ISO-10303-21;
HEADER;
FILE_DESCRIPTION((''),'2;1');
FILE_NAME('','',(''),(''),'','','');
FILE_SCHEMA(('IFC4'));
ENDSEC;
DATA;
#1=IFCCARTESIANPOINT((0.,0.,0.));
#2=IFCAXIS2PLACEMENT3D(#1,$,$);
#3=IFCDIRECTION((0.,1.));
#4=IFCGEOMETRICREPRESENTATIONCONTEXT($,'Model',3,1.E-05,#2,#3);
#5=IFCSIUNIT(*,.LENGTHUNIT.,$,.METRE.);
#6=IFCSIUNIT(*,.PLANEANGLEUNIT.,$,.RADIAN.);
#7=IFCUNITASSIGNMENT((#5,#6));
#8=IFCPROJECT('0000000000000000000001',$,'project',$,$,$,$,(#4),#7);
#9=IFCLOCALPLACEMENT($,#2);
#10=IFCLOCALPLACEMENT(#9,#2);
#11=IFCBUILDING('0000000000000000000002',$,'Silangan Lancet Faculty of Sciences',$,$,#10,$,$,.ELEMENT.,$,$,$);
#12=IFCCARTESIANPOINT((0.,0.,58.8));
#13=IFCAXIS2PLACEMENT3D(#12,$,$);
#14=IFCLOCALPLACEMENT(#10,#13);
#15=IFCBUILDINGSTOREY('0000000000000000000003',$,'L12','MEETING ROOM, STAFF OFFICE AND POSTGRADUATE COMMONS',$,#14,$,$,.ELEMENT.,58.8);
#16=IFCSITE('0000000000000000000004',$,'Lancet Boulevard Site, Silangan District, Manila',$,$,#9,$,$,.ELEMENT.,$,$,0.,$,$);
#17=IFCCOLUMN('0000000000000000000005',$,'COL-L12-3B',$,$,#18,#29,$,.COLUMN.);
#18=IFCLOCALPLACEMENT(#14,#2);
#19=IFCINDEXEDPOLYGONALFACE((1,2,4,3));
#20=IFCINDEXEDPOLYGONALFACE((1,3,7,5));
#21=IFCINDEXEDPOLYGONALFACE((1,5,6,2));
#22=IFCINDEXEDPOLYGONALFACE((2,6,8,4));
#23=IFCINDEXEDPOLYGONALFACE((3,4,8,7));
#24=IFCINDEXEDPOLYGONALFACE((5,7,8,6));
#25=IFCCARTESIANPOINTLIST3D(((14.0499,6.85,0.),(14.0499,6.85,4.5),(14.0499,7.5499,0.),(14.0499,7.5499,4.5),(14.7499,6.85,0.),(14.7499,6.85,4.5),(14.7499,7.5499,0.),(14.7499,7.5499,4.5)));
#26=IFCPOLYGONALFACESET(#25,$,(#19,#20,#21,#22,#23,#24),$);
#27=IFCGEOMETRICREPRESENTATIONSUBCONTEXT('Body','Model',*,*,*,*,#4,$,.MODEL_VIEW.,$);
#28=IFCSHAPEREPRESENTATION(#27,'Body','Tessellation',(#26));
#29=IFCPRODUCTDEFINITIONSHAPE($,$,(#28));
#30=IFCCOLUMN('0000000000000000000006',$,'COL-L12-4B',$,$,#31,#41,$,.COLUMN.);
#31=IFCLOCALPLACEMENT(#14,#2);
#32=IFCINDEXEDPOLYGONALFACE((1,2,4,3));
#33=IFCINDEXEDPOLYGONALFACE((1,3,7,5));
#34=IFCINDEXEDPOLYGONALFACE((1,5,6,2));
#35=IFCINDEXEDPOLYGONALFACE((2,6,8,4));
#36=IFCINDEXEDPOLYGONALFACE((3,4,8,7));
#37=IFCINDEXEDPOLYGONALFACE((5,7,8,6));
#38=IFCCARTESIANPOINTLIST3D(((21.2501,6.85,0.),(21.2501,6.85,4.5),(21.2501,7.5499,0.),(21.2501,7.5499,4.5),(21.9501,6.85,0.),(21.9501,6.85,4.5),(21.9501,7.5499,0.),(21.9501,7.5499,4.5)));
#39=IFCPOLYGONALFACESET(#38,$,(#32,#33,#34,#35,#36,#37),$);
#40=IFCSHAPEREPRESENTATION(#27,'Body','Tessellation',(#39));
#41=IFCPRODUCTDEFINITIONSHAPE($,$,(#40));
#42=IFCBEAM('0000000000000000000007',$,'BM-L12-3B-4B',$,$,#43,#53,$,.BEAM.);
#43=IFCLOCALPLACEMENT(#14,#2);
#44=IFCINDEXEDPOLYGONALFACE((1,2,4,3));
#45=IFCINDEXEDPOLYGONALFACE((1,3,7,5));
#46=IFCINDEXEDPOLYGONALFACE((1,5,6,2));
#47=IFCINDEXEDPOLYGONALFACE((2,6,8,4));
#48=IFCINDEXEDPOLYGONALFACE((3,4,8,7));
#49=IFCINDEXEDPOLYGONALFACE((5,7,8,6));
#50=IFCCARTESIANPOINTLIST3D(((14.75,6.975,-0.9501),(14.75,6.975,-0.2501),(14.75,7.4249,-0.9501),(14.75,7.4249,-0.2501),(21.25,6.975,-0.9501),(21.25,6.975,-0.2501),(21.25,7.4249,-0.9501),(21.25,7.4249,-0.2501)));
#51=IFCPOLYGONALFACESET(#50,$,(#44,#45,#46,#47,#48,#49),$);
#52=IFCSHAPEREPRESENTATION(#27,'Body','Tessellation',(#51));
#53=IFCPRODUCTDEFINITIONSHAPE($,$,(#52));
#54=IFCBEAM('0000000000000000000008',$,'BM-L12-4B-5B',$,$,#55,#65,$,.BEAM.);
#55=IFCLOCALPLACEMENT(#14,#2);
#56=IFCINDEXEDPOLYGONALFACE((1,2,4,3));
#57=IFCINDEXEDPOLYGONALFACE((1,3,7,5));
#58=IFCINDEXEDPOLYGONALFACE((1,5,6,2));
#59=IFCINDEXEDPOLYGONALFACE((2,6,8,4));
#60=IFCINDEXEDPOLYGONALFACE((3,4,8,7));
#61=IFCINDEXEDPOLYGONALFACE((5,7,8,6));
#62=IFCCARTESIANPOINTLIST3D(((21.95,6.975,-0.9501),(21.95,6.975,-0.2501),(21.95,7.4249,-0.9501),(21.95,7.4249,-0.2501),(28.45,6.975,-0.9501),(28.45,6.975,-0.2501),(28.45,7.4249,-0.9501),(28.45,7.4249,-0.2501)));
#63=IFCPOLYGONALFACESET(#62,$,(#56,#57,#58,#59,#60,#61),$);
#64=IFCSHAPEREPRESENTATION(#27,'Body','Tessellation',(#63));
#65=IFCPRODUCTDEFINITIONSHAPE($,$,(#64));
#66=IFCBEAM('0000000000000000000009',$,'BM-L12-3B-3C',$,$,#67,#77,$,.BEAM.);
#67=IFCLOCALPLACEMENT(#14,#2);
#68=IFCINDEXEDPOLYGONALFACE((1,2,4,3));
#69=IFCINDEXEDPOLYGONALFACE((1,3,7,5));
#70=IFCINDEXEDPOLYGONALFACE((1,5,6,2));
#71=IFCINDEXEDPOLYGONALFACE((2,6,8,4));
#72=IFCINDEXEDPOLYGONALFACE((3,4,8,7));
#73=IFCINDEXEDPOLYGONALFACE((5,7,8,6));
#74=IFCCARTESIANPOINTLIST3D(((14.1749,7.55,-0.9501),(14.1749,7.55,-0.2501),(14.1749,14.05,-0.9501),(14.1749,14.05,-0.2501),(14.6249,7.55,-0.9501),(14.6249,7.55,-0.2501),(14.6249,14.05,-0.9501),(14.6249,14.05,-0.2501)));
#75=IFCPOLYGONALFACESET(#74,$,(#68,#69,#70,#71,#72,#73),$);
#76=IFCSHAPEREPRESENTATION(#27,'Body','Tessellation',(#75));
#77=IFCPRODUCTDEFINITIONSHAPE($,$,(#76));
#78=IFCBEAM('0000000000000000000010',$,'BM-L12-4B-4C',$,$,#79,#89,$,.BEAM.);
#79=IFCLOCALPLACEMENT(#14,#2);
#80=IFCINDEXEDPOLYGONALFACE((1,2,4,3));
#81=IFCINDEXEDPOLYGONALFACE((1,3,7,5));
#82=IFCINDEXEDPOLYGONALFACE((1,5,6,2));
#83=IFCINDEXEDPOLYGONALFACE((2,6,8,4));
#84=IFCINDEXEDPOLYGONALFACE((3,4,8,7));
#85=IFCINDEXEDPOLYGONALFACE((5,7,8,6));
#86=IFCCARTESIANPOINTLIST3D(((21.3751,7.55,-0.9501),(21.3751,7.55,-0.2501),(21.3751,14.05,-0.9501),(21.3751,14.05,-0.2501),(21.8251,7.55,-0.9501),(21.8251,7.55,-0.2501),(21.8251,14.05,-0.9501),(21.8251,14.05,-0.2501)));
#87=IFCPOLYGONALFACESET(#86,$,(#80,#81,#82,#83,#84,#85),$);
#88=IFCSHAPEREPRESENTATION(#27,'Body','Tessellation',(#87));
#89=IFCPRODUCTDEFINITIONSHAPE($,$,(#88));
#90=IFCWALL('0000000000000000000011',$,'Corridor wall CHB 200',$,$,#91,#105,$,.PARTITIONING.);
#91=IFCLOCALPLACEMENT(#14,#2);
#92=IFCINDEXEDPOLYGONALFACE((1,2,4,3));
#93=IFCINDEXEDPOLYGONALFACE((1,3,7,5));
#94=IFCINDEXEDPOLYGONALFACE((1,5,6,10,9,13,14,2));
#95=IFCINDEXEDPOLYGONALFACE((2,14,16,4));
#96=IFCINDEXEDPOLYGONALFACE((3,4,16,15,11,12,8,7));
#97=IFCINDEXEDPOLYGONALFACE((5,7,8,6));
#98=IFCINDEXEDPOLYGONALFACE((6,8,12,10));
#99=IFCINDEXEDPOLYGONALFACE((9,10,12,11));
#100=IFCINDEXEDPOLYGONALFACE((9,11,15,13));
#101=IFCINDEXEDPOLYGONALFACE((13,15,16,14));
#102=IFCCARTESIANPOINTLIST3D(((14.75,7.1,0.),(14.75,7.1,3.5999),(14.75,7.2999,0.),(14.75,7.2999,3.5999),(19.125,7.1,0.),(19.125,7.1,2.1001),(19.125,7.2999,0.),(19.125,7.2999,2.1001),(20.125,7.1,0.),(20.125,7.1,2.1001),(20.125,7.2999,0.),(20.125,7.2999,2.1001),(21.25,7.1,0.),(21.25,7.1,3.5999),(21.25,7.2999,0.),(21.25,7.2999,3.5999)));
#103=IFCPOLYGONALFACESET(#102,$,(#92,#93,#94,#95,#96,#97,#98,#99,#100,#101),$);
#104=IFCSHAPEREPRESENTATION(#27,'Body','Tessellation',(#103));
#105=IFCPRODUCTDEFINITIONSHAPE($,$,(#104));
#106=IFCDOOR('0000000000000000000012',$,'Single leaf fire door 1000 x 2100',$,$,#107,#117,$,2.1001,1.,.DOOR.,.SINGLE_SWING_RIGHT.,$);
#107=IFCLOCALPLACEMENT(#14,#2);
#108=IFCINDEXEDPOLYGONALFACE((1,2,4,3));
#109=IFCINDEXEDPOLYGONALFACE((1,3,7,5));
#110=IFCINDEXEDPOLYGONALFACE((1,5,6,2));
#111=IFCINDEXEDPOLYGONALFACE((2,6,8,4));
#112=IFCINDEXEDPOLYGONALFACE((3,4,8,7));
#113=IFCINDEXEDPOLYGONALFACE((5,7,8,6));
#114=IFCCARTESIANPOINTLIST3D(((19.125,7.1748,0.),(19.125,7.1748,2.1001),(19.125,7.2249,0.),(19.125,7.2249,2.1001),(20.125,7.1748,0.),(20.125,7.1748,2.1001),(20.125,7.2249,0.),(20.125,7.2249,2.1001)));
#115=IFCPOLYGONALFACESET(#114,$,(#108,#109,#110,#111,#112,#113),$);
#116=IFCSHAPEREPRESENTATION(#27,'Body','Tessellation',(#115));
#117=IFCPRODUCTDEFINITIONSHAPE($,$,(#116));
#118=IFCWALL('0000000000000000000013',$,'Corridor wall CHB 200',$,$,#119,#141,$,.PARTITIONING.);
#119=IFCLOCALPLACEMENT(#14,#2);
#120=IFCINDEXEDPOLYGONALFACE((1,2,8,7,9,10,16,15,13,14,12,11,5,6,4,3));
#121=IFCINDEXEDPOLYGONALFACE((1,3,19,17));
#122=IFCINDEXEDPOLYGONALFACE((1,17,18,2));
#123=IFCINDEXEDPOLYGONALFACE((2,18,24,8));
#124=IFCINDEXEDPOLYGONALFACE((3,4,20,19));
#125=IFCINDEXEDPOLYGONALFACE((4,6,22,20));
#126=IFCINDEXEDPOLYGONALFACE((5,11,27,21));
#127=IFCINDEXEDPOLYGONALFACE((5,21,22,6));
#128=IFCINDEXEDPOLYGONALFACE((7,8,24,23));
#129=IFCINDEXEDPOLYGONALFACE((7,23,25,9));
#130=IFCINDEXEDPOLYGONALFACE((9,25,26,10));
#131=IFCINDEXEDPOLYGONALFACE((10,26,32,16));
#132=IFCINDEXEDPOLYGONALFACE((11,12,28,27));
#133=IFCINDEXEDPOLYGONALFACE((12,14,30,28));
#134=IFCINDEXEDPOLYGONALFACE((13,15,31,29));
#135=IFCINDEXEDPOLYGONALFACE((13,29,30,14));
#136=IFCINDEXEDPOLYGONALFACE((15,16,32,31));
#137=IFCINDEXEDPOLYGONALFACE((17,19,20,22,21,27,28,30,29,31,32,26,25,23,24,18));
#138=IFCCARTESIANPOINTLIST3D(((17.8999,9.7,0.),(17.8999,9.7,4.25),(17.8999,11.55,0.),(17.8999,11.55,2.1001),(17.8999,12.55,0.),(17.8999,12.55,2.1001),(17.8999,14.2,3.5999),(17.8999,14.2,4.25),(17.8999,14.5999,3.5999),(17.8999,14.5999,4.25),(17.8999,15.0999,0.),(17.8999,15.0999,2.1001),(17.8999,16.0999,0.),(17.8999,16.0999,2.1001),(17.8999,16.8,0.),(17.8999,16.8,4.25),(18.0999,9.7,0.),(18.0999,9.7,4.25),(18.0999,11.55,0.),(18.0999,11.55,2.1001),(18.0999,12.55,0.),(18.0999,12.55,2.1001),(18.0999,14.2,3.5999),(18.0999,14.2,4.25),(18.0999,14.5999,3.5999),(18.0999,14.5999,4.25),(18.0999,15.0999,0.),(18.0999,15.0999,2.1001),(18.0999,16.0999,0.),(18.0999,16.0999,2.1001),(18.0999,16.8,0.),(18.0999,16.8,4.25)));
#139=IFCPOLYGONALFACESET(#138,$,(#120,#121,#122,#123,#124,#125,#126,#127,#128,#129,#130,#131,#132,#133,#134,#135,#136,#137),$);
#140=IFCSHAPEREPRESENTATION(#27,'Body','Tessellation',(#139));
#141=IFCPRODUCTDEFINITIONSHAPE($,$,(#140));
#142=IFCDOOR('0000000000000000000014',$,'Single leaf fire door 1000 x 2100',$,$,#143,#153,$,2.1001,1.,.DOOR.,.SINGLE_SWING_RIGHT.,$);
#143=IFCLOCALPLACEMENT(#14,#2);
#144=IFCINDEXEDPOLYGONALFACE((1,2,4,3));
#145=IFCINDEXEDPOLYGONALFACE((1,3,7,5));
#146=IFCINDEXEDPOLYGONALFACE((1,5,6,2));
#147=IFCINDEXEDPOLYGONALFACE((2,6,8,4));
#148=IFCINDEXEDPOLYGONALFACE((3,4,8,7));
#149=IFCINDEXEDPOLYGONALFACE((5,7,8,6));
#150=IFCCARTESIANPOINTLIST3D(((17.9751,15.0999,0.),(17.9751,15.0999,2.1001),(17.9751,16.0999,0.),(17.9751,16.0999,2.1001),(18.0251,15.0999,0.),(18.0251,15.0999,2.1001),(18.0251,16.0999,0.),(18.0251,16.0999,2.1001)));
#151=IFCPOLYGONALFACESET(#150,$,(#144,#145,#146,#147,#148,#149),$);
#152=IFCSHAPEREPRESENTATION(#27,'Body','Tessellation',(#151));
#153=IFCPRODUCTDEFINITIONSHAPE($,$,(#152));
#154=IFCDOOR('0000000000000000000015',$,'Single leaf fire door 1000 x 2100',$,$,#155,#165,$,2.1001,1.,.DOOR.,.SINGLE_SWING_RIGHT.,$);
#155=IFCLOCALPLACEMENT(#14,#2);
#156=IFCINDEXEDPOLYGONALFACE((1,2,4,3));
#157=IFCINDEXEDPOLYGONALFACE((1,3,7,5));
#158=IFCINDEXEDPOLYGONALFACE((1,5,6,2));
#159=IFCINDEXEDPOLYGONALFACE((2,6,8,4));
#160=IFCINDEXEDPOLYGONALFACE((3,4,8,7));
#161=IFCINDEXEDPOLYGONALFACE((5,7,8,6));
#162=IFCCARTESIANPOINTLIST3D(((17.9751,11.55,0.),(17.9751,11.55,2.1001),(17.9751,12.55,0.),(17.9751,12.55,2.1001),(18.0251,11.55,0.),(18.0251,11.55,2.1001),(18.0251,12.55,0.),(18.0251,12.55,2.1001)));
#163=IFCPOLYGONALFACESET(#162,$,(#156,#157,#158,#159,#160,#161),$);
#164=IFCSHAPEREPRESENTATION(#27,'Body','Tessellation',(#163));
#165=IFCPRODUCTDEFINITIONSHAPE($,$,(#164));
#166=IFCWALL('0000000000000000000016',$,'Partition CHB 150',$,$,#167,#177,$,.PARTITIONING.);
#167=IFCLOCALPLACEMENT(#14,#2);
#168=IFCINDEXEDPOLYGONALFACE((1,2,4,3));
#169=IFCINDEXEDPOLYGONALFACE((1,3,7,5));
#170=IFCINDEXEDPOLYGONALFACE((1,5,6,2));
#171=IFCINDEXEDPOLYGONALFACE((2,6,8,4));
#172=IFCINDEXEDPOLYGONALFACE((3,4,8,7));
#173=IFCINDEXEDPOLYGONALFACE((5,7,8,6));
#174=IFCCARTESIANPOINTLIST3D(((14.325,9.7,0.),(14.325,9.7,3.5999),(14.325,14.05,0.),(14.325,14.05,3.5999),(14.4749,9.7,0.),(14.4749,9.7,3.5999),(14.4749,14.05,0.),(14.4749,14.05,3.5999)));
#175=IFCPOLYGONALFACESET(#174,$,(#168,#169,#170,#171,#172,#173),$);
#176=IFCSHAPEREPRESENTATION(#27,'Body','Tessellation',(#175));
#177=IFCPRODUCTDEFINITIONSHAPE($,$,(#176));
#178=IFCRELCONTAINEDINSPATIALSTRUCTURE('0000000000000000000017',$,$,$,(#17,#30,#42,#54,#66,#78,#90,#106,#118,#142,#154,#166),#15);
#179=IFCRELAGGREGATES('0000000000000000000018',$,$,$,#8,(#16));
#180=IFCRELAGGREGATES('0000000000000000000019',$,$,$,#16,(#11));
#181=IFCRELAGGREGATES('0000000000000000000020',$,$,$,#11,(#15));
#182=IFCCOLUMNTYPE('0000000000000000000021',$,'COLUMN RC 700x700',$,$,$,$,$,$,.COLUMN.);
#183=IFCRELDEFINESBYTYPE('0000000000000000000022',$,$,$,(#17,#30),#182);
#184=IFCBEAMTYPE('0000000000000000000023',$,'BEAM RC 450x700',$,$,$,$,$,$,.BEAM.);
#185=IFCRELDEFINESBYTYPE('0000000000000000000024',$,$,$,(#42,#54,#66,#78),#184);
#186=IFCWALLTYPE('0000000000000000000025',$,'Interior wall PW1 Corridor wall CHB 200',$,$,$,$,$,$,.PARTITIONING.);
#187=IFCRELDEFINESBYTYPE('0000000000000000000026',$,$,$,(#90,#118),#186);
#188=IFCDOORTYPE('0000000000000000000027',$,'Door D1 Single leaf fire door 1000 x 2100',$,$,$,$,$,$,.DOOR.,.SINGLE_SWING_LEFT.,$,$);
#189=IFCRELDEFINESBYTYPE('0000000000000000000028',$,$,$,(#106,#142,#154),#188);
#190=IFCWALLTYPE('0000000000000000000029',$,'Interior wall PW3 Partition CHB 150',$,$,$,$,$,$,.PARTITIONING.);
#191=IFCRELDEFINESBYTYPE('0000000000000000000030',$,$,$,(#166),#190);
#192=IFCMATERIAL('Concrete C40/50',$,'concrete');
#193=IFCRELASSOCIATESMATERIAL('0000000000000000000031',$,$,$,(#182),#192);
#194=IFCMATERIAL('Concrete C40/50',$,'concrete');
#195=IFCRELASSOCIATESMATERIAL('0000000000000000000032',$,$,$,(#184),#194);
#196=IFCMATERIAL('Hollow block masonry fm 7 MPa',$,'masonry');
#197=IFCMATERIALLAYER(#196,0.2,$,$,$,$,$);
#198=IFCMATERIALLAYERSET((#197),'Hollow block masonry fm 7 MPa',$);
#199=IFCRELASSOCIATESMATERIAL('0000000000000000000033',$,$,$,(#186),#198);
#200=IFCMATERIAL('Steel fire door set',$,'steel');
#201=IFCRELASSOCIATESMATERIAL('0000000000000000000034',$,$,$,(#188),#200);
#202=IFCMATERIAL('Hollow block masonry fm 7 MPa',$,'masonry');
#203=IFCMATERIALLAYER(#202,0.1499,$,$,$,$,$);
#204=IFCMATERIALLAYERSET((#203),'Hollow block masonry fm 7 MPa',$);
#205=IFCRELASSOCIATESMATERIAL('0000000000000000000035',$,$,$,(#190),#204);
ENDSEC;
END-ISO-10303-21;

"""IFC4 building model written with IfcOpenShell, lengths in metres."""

from ifc_helpers import new_model, si_unit, direction, frame, frame_2d, origin, origin_2d, place, context, subcontext, project, spatial, polyline, rectangle, outline, extrude, material, layer, layer_set, material_profile, profile_set, type_object, element, fill, save


model = new_model("IFC4")

# Units and contexts
model_context = context("Model", 3, precision=1e-05, world=origin(), true_north=direction((0.0, 1.0)))
body_context = subcontext(model_context, "Body", "Model", "MODEL_VIEW")
ifc_project = project(units=[si_unit("LENGTHUNIT", "METRE"), si_unit("PLANEANGLEUNIT", "RADIAN")], contexts=[model_context])

# Site, building, storey
site_placement = place(None, origin())
site = spatial("IfcSite", under=ifc_project, at=site_placement, Name="Lancet Boulevard Site, Silangan District, Manila", CompositionType="ELEMENT", RefElevation=0.0)
building_placement = place(site_placement, origin())
building = spatial("IfcBuilding", under=site, at=building_placement, Name="Silangan Lancet Faculty of Sciences", CompositionType="ELEMENT")
storey_placement = place(building_placement, frame((0.0, 0.0, 58.8)))
storey = spatial("IfcBuildingStorey", under=building, at=storey_placement, Name="L12", Description="MEETING ROOM, STAFF OFFICE AND POSTGRADUATE COMMONS", CompositionType="ELEMENT", Elevation=58.8)

# Columns
ifc_material_1 = material(Name="Concrete C40/50", Category="concrete")
ifc_material_profile_1 = material_profile(ifc_material_1, rectangle(XDim=0.7, YDim=0.7, at=origin_2d()), Name="RC 700x700")
ifc_profile_set_1 = profile_set([ifc_material_profile_1], Name="Concrete C40/50")
column_type = type_object("IfcColumnType", Name="COLUMN RC 700x700", PredefinedType="COLUMN", material=ifc_profile_set_1)
for number, where, z_axis, x_axis, name in (
    (1, (14.3999, 7.2, 0.0), (0.0, 0.0, 1.0), (1.0, 0.0, 0.0), "COL-L12-3B"),
    (2, (21.6001, 7.2, 0.0), (0.0, 0.0, 1.0), (1.0, 0.0, 0.0), "COL-L12-4B"),
):
    element("IfcColumn", number, at=place(storey_placement, frame(where, z_axis=z_axis, x_axis=x_axis)), inside=storey, type_object=column_type, Name=name, PredefinedType="COLUMN", context=body_context, shape_type="SweptSolid", body=[
        extrude(rectangle(XDim=0.7, YDim=0.7, at=origin_2d()), origin(), (0.0, 0.0, 1.0), 4.5),
    ])

# Beams
ifc_material_2 = material(Name="Concrete C40/50", Category="concrete")
ifc_material_profile_2 = material_profile(ifc_material_2, rectangle(XDim=0.45, YDim=0.7, at=origin_2d()), Name="RC 450x700")
ifc_profile_set_2 = profile_set([ifc_material_profile_2], Name="Concrete C40/50")
beam_type = type_object("IfcBeamType", Name="BEAM RC 450x700", PredefinedType="BEAM", material=ifc_profile_set_2)
for number, where, z_axis, x_axis, name in (
    (3, (14.75, 7.2, -0.6001), (1.0, 0.0, 0.0), (0.0, 1.0, 0.0), "BM-L12-3B-4B"),
    (4, (21.95, 7.2, -0.6001), (1.0, 0.0, 0.0), (0.0, 1.0, 0.0), "BM-L12-4B-5B"),
    (5, (14.3999, 7.55, -0.6001), (0.0, 1.0, 0.0), (-1.0, 0.0, 0.0), "BM-L12-3B-3C"),
    (6, (21.6001, 7.55, -0.6001), (0.0, 1.0, 0.0), (-1.0, 0.0, 0.0), "BM-L12-4B-4C"),
):
    element("IfcBeam", number, at=place(storey_placement, frame(where, z_axis=z_axis, x_axis=x_axis)), inside=storey, type_object=beam_type, Name=name, PredefinedType="BEAM", context=body_context, shape_type="SweptSolid", body=[
        extrude(rectangle(XDim=0.45, YDim=0.7, at=origin_2d()), origin(), (0.0, 0.0, 1.0), 6.5),
    ])

# Wall, opening, door
ifc_material_3 = material(Name="Hollow block masonry fm 7 MPa", Category="masonry")
ifc_layer_1 = layer(ifc_material_3, 0.2)
ifc_layer_set_1 = layer_set([ifc_layer_1], Name="Hollow block masonry fm 7 MPa")
wall_type_1 = type_object("IfcWallType", Name="Interior wall PW1 Corridor wall CHB 200", PredefinedType="PARTITIONING", material=ifc_layer_set_1)
wall_1_placement = place(storey_placement, frame((14.75, 7.2, 0.0), z_axis=(0.0, 0.0, 1.0), x_axis=(1.0, 0.0, 0.0)))
wall_1 = element("IfcWall", 7, at=wall_1_placement, inside=storey, type_object=wall_type_1, Name="Corridor wall CHB 200", PredefinedType="PARTITIONING", context=body_context, shape_type="SweptSolid", body=[
    extrude(rectangle(XDim=6.5, YDim=0.2, at=frame_2d((3.25, 0.0))), origin(), (0.0, 0.0, 1.0), 3.5999),
])
opening_1_placement = place(wall_1_placement, frame((4.375, 0.0, 0.0)))
opening_1 = element("IfcOpeningElement", 8, at=opening_1_placement, cuts=wall_1, PredefinedType="OPENING", context=body_context, shape_type="SweptSolid", body=[
    extrude(rectangle(XDim=1.0, YDim=2.1001, at=frame_2d((0.5, 1.05))), frame((0.0, 0.1099, 0.0), z_axis=(0.0, -1.0, 0.0), x_axis=(1.0, 0.0, 0.0)), (0.0, 0.0, 1.0), 0.22),
])
ifc_material_4 = material(Name="Steel fire door set", Category="steel")
door_type_1 = type_object("IfcDoorType", Name="Door D1 Single leaf fire door 1000 x 2100", OperationType="SINGLE_SWING_LEFT", PredefinedType="DOOR", material=ifc_material_4)
door_1_placement = place(opening_1_placement, frame((1.0, 0.0, 0.0), z_axis=(0.0, 0.0, 1.0), x_axis=(-1.0, 0.0, 0.0)))
door_1 = element("IfcDoor", 9, at=door_1_placement, inside=storey, type_object=door_type_1, Name="Single leaf fire door 1000 x 2100", OperationType="SINGLE_SWING_RIGHT", OverallHeight=2.1001, OverallWidth=1.0, PredefinedType="DOOR", context=body_context, shape_type="SweptSolid", body=[
    extrude(rectangle(XDim=1.0, YDim=2.1001, at=frame_2d((0.5, 1.05))), frame((0.0, 0.0251, 0.0), z_axis=(0.0, -1.0, 0.0), x_axis=(1.0, 0.0, 0.0)), (0.0, 0.0, 1.0), 0.05),
])
fill(opening_1, door_1)

# Wall, openings, doors
wall_2_placement = place(storey_placement, frame((18.0, 9.7, 0.0), z_axis=(0.0, 0.0, 1.0), x_axis=(0.0, 1.0, 0.0)))
wall_2 = element("IfcWall", 10, at=wall_2_placement, inside=storey, type_object=wall_type_1, Name="Corridor wall CHB 200", PredefinedType="PARTITIONING", context=body_context, shape_type="SweptSolid", body=[
    extrude(outline(polyline([(0.0, 0.0), (7.1001, 0.0), (7.1001, 4.25), (4.8999, 4.25), (4.8999, 3.5999), (4.5, 3.5999), (4.5, 4.25), (0.0, 4.25), (0.0, 0.0)])), frame((0.0, 0.1001, 0.0), z_axis=(0.0, -1.0, 0.0), x_axis=(1.0, 0.0, 0.0)), (0.0, 0.0, 1.0), 0.2),
])
opening_2_placement = place(wall_2_placement, frame((5.3999, 0.0, 0.0)))
opening_2 = element("IfcOpeningElement", 11, at=opening_2_placement, cuts=wall_2, PredefinedType="OPENING", context=body_context, shape_type="SweptSolid", body=[
    extrude(rectangle(XDim=1.0, YDim=2.1001, at=frame_2d((0.5, 1.05))), frame((0.0, 0.1099, 0.0), z_axis=(0.0, -1.0, 0.0), x_axis=(1.0, 0.0, 0.0)), (0.0, 0.0, 1.0), 0.22),
])
opening_3_placement = place(wall_2_placement, frame((1.8501, 0.0, 0.0)))
opening_3 = element("IfcOpeningElement", 12, at=opening_3_placement, cuts=wall_2, PredefinedType="OPENING", context=body_context, shape_type="SweptSolid", body=[
    extrude(rectangle(XDim=1.0, YDim=2.1001, at=frame_2d((0.5, 1.05))), frame((0.0, 0.1099, 0.0), z_axis=(0.0, -1.0, 0.0), x_axis=(1.0, 0.0, 0.0)), (0.0, 0.0, 1.0), 0.22),
])
door_2_placement = place(opening_2_placement, origin())
door_2 = element("IfcDoor", 13, at=door_2_placement, inside=storey, type_object=door_type_1, Name="Single leaf fire door 1000 x 2100", OperationType="SINGLE_SWING_RIGHT", OverallHeight=2.1001, OverallWidth=1.0, PredefinedType="DOOR", context=body_context, shape_type="SweptSolid", body=[
    extrude(rectangle(XDim=1.0, YDim=2.1001, at=frame_2d((0.5, 1.05))), frame((0.0, 0.0249, 0.0), z_axis=(0.0, -1.0, 0.0), x_axis=(1.0, 0.0, 0.0)), (0.0, 0.0, 1.0), 0.05),
])
fill(opening_2, door_2)
door_3_placement = place(opening_3_placement, origin())
door_3 = element("IfcDoor", 14, at=door_3_placement, inside=storey, type_object=door_type_1, Name="Single leaf fire door 1000 x 2100", OperationType="SINGLE_SWING_RIGHT", OverallHeight=2.1001, OverallWidth=1.0, PredefinedType="DOOR", context=body_context, shape_type="SweptSolid", body=[
    extrude(rectangle(XDim=1.0, YDim=2.1001, at=frame_2d((0.5, 1.05))), frame((0.0, 0.0249, 0.0), z_axis=(0.0, -1.0, 0.0), x_axis=(1.0, 0.0, 0.0)), (0.0, 0.0, 1.0), 0.05),
])
fill(opening_3, door_3)

# Wall
ifc_material_5 = material(Name="Hollow block masonry fm 7 MPa", Category="masonry")
ifc_layer_2 = layer(ifc_material_5, 0.1499)
ifc_layer_set_2 = layer_set([ifc_layer_2], Name="Hollow block masonry fm 7 MPa")
wall_type_2 = type_object("IfcWallType", Name="Interior wall PW3 Partition CHB 150", PredefinedType="PARTITIONING", material=ifc_layer_set_2)
wall_3_placement = place(storey_placement, frame((14.3999, 9.7, 0.0), z_axis=(0.0, 0.0, 1.0), x_axis=(0.0, 1.0, 0.0)))
element("IfcWall", 15, at=wall_3_placement, inside=storey, type_object=wall_type_2, Name="Partition CHB 150", PredefinedType="PARTITIONING", context=body_context, shape_type="SweptSolid", body=[
    extrude(rectangle(XDim=4.3501, YDim=0.1499, at=frame_2d((2.175, 0.0))), origin(), (0.0, 0.0, 1.0), 3.5999),
])

save(model, "model.ifc")
